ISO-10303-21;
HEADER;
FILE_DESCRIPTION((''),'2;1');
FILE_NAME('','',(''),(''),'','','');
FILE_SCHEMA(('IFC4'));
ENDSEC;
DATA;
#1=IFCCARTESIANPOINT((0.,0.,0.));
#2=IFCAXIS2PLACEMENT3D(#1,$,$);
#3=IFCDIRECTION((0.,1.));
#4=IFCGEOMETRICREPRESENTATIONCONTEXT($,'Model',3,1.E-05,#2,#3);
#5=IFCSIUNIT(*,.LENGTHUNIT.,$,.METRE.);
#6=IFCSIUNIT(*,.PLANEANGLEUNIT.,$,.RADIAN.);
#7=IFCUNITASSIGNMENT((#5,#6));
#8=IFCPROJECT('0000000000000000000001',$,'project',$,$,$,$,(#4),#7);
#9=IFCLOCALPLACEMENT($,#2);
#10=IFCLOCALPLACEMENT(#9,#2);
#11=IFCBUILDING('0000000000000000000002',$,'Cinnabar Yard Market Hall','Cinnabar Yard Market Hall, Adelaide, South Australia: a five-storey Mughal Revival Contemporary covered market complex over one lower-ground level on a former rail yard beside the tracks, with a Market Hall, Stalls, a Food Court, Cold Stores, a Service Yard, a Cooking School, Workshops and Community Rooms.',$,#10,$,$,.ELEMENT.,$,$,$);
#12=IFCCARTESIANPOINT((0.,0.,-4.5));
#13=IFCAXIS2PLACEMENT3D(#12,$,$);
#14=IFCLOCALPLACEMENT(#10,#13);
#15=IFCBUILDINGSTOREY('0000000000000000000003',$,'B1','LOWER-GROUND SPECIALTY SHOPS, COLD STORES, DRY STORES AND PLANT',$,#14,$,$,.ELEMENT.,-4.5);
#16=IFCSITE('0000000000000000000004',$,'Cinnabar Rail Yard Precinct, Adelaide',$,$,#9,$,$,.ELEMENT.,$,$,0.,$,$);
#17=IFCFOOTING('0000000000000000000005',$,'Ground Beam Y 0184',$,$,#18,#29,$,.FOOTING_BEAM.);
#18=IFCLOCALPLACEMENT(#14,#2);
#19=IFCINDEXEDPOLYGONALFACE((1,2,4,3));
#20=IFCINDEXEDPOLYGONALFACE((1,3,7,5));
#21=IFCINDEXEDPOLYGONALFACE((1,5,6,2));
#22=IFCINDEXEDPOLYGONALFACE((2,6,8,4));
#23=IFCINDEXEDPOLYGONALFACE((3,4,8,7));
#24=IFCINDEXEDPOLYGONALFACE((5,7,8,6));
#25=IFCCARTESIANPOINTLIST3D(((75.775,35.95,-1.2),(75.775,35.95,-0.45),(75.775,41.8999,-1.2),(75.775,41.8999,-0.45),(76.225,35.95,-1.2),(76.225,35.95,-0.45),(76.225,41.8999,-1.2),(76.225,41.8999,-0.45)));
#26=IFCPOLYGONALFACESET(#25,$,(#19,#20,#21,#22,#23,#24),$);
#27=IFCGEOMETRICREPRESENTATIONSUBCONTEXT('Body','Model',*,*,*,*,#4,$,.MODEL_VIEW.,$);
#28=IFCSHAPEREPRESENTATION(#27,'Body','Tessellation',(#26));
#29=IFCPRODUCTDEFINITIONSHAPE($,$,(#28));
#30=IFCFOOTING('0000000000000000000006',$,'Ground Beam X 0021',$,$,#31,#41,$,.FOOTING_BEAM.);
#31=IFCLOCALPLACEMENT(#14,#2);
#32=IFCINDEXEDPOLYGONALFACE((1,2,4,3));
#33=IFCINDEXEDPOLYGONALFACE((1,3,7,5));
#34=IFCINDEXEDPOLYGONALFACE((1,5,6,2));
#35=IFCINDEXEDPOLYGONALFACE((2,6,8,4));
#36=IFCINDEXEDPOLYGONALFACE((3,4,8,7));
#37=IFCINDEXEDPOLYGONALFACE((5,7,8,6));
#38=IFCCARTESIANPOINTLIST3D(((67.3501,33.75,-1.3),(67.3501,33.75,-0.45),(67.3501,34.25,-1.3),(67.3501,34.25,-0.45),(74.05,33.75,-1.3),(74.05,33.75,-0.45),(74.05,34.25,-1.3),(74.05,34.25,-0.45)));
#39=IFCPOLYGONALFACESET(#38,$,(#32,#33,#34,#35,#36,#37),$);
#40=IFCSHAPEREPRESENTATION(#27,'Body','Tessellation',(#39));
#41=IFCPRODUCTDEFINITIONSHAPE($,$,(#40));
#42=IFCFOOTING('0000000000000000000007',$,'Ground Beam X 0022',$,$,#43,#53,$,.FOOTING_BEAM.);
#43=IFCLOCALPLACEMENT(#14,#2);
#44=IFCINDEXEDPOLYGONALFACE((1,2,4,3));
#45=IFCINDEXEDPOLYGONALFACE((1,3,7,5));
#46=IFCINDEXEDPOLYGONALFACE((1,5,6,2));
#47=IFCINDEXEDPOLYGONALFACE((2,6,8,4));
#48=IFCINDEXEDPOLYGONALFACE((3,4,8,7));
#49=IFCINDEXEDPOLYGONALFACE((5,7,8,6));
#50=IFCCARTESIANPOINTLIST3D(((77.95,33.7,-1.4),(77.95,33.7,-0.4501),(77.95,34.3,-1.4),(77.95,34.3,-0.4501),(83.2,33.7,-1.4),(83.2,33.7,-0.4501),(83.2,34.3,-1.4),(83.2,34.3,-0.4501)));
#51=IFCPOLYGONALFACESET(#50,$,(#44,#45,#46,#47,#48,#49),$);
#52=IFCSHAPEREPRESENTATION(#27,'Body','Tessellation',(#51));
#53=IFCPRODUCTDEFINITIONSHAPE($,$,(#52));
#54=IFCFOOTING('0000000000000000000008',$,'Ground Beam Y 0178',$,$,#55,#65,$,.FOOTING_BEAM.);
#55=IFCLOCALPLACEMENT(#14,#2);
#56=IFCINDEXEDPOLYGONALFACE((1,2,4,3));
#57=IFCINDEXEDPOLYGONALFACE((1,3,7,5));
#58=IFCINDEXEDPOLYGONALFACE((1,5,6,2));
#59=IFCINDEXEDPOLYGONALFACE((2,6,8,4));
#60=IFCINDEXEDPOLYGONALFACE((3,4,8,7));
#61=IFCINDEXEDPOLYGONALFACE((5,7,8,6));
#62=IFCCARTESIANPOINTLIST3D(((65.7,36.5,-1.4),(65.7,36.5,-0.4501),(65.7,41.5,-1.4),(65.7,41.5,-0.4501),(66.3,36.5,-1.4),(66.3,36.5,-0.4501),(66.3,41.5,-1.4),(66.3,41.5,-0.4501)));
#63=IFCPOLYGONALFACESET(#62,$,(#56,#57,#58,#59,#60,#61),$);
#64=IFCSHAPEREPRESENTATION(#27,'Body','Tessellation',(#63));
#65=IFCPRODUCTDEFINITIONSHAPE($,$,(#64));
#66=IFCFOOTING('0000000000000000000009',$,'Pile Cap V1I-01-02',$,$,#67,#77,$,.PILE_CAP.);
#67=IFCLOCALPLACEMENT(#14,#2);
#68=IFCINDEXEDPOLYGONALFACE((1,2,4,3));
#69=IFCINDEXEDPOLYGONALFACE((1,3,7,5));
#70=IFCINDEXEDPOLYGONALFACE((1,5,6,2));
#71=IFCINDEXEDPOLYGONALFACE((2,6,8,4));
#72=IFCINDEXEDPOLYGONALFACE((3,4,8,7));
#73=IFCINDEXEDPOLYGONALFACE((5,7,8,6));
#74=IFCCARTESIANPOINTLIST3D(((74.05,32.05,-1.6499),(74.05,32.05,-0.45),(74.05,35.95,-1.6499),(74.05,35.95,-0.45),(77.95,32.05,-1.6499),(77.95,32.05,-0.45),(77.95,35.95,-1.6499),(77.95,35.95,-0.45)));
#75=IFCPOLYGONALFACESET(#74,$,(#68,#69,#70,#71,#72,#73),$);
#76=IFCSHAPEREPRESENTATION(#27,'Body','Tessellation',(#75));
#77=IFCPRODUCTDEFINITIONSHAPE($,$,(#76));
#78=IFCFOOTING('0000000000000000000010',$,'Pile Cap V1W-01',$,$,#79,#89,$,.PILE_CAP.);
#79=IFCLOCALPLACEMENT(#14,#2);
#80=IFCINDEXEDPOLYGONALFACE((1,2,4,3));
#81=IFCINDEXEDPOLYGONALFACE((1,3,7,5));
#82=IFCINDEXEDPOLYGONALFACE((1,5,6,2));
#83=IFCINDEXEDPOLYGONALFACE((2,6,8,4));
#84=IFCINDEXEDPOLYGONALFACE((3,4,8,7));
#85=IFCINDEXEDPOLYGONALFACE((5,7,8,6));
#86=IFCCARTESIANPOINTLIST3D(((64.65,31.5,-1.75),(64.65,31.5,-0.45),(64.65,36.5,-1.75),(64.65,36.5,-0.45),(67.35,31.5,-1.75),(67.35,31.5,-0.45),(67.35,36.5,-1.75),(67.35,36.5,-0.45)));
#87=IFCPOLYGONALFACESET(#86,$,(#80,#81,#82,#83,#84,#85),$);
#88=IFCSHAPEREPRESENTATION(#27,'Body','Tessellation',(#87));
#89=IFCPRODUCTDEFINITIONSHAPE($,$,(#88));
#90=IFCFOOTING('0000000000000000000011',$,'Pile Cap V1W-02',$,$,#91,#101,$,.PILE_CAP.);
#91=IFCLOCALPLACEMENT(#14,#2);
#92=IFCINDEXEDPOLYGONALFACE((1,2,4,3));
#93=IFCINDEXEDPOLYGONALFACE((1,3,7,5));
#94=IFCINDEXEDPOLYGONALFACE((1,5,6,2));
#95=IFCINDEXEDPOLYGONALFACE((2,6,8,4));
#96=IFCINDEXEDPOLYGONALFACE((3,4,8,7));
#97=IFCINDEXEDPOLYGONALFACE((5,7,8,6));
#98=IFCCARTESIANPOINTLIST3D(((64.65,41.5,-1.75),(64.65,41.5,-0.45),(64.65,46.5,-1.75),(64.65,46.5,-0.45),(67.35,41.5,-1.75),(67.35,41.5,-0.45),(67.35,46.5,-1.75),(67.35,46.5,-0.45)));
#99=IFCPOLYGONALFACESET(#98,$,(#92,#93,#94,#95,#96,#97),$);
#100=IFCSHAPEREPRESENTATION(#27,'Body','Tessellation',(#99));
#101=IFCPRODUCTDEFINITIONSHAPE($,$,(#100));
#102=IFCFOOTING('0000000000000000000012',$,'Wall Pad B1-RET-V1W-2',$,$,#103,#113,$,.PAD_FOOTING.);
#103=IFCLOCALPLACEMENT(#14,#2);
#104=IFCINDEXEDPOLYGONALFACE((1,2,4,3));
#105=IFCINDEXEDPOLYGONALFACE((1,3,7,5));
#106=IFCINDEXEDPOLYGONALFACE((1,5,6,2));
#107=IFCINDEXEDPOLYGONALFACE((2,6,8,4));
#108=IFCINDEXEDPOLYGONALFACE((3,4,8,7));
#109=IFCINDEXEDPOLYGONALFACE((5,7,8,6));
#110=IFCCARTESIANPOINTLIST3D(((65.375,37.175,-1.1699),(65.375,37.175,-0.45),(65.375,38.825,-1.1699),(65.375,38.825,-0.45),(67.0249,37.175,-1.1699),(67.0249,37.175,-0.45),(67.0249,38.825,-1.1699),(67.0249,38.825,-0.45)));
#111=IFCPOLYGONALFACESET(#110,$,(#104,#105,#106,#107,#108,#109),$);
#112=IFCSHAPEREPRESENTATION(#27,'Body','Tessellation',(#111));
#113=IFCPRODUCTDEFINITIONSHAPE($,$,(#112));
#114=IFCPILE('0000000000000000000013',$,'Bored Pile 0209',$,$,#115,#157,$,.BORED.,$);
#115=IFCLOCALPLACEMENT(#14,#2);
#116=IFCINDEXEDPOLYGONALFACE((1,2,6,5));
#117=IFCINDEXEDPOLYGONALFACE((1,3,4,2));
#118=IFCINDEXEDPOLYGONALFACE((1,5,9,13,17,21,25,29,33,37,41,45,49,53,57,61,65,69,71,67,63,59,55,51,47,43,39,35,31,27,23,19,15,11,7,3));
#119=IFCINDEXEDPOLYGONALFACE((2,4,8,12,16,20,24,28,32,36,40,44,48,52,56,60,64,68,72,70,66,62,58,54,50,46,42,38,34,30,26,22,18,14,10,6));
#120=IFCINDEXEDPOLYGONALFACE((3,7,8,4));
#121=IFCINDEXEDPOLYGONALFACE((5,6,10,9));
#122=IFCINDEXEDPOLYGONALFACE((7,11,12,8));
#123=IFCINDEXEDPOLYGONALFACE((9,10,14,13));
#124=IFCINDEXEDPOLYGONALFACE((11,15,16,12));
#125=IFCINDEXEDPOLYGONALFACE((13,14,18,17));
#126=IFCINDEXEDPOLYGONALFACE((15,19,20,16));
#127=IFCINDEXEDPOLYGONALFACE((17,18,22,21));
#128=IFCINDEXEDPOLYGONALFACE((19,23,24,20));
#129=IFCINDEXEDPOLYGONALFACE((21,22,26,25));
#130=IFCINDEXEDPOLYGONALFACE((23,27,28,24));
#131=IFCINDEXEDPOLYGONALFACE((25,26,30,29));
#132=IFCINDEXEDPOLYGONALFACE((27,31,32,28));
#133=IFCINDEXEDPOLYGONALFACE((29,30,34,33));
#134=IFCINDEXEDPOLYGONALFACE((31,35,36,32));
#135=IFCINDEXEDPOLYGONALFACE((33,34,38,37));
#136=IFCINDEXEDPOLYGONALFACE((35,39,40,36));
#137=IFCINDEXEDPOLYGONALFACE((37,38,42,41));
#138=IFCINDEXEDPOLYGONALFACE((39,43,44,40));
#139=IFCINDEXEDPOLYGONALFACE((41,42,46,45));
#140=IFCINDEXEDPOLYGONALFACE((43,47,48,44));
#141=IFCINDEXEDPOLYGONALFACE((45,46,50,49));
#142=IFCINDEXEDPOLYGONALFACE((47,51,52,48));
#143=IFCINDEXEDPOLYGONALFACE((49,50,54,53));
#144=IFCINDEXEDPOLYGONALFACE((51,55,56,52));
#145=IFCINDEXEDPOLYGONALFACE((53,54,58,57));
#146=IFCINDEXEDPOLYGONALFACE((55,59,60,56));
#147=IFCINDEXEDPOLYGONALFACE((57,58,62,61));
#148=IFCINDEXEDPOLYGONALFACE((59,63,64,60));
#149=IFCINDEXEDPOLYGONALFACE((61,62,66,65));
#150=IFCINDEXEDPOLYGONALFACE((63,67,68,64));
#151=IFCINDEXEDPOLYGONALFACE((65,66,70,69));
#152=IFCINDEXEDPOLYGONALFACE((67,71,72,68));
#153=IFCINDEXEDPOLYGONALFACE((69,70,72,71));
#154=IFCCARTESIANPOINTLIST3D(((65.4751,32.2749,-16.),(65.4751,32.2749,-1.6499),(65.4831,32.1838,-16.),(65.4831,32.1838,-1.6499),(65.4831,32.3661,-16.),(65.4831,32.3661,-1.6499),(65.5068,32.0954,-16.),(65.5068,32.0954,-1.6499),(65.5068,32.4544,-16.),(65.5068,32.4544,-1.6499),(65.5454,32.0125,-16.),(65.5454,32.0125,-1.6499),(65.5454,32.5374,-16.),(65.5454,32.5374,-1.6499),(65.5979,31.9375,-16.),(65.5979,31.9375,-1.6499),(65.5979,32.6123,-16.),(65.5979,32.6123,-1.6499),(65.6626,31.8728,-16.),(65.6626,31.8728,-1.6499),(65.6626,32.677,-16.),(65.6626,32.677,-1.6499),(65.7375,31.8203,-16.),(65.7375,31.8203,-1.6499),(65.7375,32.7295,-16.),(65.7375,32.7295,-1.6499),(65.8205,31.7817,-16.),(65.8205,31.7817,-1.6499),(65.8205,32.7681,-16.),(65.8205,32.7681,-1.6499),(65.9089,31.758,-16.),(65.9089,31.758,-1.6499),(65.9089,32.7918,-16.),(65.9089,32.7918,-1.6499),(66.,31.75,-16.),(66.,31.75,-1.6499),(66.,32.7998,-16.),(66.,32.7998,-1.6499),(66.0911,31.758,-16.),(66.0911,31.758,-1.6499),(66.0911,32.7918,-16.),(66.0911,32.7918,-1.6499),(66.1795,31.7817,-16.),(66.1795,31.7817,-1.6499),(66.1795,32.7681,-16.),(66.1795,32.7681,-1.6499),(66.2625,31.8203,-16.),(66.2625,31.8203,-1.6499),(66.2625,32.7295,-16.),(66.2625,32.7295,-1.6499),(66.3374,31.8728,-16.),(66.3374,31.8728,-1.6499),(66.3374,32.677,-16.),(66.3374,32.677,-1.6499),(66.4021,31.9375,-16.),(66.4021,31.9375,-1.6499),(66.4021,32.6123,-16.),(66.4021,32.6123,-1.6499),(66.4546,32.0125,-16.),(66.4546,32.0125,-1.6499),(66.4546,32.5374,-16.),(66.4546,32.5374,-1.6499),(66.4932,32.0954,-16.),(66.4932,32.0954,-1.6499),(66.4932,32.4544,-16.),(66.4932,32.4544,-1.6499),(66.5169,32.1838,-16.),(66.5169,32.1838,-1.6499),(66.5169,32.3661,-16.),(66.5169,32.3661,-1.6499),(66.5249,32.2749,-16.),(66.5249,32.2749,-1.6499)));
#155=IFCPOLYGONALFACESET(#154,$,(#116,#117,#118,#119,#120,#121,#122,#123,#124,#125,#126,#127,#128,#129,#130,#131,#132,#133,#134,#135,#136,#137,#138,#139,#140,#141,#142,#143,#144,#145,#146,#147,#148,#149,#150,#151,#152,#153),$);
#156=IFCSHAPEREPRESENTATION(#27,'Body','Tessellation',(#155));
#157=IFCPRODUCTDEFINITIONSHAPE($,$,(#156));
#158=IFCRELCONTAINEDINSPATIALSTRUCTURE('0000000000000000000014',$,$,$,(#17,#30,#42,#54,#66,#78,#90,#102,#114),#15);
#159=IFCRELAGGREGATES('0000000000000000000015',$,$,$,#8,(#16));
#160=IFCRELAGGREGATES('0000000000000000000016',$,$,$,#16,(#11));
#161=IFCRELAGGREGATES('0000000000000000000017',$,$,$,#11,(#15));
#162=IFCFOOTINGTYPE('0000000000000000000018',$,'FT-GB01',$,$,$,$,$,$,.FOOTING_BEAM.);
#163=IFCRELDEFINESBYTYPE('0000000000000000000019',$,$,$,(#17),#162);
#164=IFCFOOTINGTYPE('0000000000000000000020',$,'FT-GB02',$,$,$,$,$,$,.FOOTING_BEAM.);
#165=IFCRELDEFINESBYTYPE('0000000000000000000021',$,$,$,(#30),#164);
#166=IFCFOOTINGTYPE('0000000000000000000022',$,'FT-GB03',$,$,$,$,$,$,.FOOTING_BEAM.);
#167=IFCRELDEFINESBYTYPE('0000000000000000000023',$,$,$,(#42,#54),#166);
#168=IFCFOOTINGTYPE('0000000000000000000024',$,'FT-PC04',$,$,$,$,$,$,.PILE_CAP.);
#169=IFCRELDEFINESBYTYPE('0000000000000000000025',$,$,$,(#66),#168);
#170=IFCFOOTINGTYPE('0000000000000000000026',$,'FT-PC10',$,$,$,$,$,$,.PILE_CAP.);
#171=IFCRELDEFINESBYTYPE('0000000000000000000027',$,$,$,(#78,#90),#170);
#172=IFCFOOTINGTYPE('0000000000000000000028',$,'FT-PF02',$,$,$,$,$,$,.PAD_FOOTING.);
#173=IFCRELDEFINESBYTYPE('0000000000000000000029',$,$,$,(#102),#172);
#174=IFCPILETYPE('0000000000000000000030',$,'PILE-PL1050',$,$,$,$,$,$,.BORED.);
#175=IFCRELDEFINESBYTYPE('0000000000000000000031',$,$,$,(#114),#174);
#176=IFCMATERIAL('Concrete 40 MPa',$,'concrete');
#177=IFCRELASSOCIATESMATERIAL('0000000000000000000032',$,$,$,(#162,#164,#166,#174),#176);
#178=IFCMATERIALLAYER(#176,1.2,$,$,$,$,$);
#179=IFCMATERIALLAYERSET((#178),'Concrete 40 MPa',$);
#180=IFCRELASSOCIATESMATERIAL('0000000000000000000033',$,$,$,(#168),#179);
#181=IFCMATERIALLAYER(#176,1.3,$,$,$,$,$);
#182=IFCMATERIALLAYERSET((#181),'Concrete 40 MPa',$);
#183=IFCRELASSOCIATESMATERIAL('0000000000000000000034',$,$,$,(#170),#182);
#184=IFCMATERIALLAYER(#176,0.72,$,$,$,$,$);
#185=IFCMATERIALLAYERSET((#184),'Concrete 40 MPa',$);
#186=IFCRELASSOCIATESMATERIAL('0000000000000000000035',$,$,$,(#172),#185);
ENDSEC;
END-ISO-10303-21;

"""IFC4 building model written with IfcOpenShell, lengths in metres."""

from ifc_helpers import new_model, si_unit, direction, frame, origin, origin_2d_with_axis, place, context, subcontext, project, spatial, rectangle, circle, extrude, material, layer, layer_set, material_profile, profile_set, type_object, element, save


model = new_model("IFC4")

# Units and contexts
model_context = context("Model", 3, precision=1e-05, world=origin(), true_north=direction((0.0, 1.0)))
body_context = subcontext(model_context, "Body", "Model", "MODEL_VIEW")
ifc_project = project(units=[si_unit("LENGTHUNIT", "METRE"), si_unit("PLANEANGLEUNIT", "RADIAN")], contexts=[model_context])

# Site, building, storey
site_placement = place(None, origin())
site = spatial("IfcSite", under=ifc_project, at=site_placement, Name="Cinnabar Rail Yard Precinct, Adelaide", CompositionType="ELEMENT", RefElevation=0.0)
building_placement = place(site_placement, origin())
building = spatial("IfcBuilding", under=site, at=building_placement, Name="Cinnabar Yard Market Hall", Description="Cinnabar Yard Market Hall, Adelaide, South Australia: a five-storey Mughal Revival Contemporary covered market complex over one lower-ground level on a former rail yard beside the tracks, with a Market Hall, Stalls, a Food Court, Cold Stores, a Service Yard, a Cooking School, Workshops and Community Rooms.", CompositionType="ELEMENT")
storey_placement = place(building_placement, frame((0.0, 0.0, -4.5)))
storey = spatial("IfcBuildingStorey", under=building, at=storey_placement, Name="B1", Description="LOWER-GROUND SPECIALTY SHOPS, COLD STORES, DRY STORES AND PLANT", CompositionType="ELEMENT", Elevation=-4.5)

# Footings
ifc_material_1 = material(Name="Concrete 40 MPa", Category="concrete")
ifc_material_profile_1 = material_profile(ifc_material_1, rectangle(XDim=0.45, YDim=0.75, at=origin_2d_with_axis()), Name="GB-450x750")
ifc_profile_set_1 = profile_set([ifc_material_profile_1], Name="Concrete 40 MPa")
footing_type_1 = type_object("IfcFootingType", Name="FT-GB01", PredefinedType="FOOTING_BEAM", material=ifc_profile_set_1)
footing_1_placement = place(storey_placement, frame((76.0, 35.95, -0.825), z_axis=(0.0, 1.0, 0.0), x_axis=(-1.0, 0.0, 0.0)))
element("IfcFooting", 1, at=footing_1_placement, inside=storey, type_object=footing_type_1, Name="Ground Beam Y 0184", PredefinedType="FOOTING_BEAM", context=body_context, shape_type="SweptSolid", body=[
    extrude(rectangle(XDim=0.45, YDim=0.75, at=origin_2d_with_axis()), origin(), (0.0, 0.0, 1.0), 5.95),
])
ifc_material_profile_2 = material_profile(ifc_material_1, rectangle(XDim=0.5, YDim=0.8501, at=origin_2d_with_axis()), Name="GB-500x850")
ifc_profile_set_2 = profile_set([ifc_material_profile_2], Name="Concrete 40 MPa")
footing_type_2 = type_object("IfcFootingType", Name="FT-GB02", PredefinedType="FOOTING_BEAM", material=ifc_profile_set_2)
footing_2_placement = place(storey_placement, frame((67.3501, 34.0, -0.875), z_axis=(1.0, 0.0, 0.0), x_axis=(0.0, 1.0, 0.0)))
element("IfcFooting", 2, at=footing_2_placement, inside=storey, type_object=footing_type_2, Name="Ground Beam X 0021", PredefinedType="FOOTING_BEAM", context=body_context, shape_type="SweptSolid", body=[
    extrude(rectangle(XDim=0.5, YDim=0.8501, at=origin_2d_with_axis()), origin(), (0.0, 0.0, 1.0), 6.7),
])
ifc_material_profile_3 = material_profile(ifc_material_1, rectangle(XDim=0.6001, YDim=0.95, at=origin_2d_with_axis()), Name="GB-600x950")
ifc_profile_set_3 = profile_set([ifc_material_profile_3], Name="Concrete 40 MPa")
footing_type_3 = type_object("IfcFootingType", Name="FT-GB03", PredefinedType="FOOTING_BEAM", material=ifc_profile_set_3)
footing_3_placement = place(storey_placement, frame((77.95, 34.0, -0.925), z_axis=(1.0, 0.0, 0.0), x_axis=(0.0, 1.0, 0.0)))
element("IfcFooting", 3, at=footing_3_placement, inside=storey, type_object=footing_type_3, Name="Ground Beam X 0022", PredefinedType="FOOTING_BEAM", context=body_context, shape_type="SweptSolid", body=[
    extrude(rectangle(XDim=0.6001, YDim=0.95, at=origin_2d_with_axis()), origin(), (0.0, 0.0, 1.0), 5.25),
])
footing_4_placement = place(storey_placement, frame((66.0, 36.5, -0.925), z_axis=(0.0, 1.0, 0.0), x_axis=(-1.0, 0.0, 0.0)))
element("IfcFooting", 4, at=footing_4_placement, inside=storey, type_object=footing_type_3, Name="Ground Beam Y 0178", PredefinedType="FOOTING_BEAM", context=body_context, shape_type="SweptSolid", body=[
    extrude(rectangle(XDim=0.6001, YDim=0.95, at=origin_2d_with_axis()), origin(), (0.0, 0.0, 1.0), 5.0),
])
ifc_layer_1 = layer(ifc_material_1, 1.2)
ifc_layer_set_1 = layer_set([ifc_layer_1], Name="Concrete 40 MPa")
footing_type_4 = type_object("IfcFootingType", Name="FT-PC04", PredefinedType="PILE_CAP", material=ifc_layer_set_1)
footing_5_placement = place(storey_placement, frame((76.0, 34.0, -1.6499), z_axis=(0.0, 0.0, 1.0), x_axis=(1.0, 0.0, 0.0)))
element("IfcFooting", 5, at=footing_5_placement, inside=storey, type_object=footing_type_4, Name="Pile Cap V1I-01-02", PredefinedType="PILE_CAP", context=body_context, shape_type="SweptSolid", body=[
    extrude(rectangle(XDim=3.8999, YDim=3.8999, at=origin_2d_with_axis()), origin(), (0.0, 0.0, 1.0), 1.2),
])
ifc_layer_2 = layer(ifc_material_1, 1.3)
ifc_layer_set_2 = layer_set([ifc_layer_2], Name="Concrete 40 MPa")
footing_type_5 = type_object("IfcFootingType", Name="FT-PC10", PredefinedType="PILE_CAP", material=ifc_layer_set_2)
for number, where, z_axis, x_axis, name in (
    (6, (66.0, 34.0, -1.75), (0.0, 0.0, 1.0), (1.0, 0.0, 0.0), "Pile Cap V1W-01"),
    (7, (66.0, 44.0, -1.75), (0.0, 0.0, 1.0), (1.0, 0.0, 0.0), "Pile Cap V1W-02"),
):
    element("IfcFooting", number, at=place(storey_placement, frame(where, z_axis=z_axis, x_axis=x_axis)), inside=storey, type_object=footing_type_5, Name=name, PredefinedType="PILE_CAP", context=body_context, shape_type="SweptSolid", body=[
        extrude(rectangle(XDim=2.7, YDim=5.0, at=origin_2d_with_axis()), origin(), (0.0, 0.0, 1.0), 1.3),
    ])
ifc_layer_3 = layer(ifc_material_1, 0.72)
ifc_layer_set_3 = layer_set([ifc_layer_3], Name="Concrete 40 MPa")
footing_type_6 = type_object("IfcFootingType", Name="FT-PF02", PredefinedType="PAD_FOOTING", material=ifc_layer_set_3)
footing_6_placement = place(storey_placement, frame((66.2, 38.0, -1.1699), z_axis=(0.0, 0.0, 1.0), x_axis=(1.0, 0.0, 0.0)))
element("IfcFooting", 8, at=footing_6_placement, inside=storey, type_object=footing_type_6, Name="Wall Pad B1-RET-V1W-2", PredefinedType="PAD_FOOTING", context=body_context, shape_type="SweptSolid", body=[
    extrude(rectangle(XDim=1.6499, YDim=1.6499, at=origin_2d_with_axis()), origin(), (0.0, 0.0, 1.0), 0.72),
])

# Pile
ifc_material_profile_4 = material_profile(ifc_material_1, circle(Radius=0.5249, at=origin_2d_with_axis()), Name="PILE-D1050")
ifc_profile_set_4 = profile_set([ifc_material_profile_4], Name="Concrete 40 MPa")
pile_type_1 = type_object("IfcPileType", Name="PILE-PL1050", PredefinedType="BORED", material=ifc_profile_set_4)
for number, where, z_axis, x_axis, name in (
    (9, (66.0, 32.2749, -1.6499), (0.0, 0.0, -1.0), (1.0, 0.0, 0.0), "Bored Pile 0209"),
):
    element("IfcPile", number, at=place(storey_placement, frame(where, z_axis=z_axis, x_axis=x_axis)), inside=storey, type_object=pile_type_1, Name=name, PredefinedType="BORED", context=body_context, shape_type="SweptSolid", body=[
        extrude(circle(Radius=0.5249, at=origin_2d_with_axis()), origin(), (0.0, 0.0, 1.0), 14.3501),
    ])

save(model, "model.ifc")
